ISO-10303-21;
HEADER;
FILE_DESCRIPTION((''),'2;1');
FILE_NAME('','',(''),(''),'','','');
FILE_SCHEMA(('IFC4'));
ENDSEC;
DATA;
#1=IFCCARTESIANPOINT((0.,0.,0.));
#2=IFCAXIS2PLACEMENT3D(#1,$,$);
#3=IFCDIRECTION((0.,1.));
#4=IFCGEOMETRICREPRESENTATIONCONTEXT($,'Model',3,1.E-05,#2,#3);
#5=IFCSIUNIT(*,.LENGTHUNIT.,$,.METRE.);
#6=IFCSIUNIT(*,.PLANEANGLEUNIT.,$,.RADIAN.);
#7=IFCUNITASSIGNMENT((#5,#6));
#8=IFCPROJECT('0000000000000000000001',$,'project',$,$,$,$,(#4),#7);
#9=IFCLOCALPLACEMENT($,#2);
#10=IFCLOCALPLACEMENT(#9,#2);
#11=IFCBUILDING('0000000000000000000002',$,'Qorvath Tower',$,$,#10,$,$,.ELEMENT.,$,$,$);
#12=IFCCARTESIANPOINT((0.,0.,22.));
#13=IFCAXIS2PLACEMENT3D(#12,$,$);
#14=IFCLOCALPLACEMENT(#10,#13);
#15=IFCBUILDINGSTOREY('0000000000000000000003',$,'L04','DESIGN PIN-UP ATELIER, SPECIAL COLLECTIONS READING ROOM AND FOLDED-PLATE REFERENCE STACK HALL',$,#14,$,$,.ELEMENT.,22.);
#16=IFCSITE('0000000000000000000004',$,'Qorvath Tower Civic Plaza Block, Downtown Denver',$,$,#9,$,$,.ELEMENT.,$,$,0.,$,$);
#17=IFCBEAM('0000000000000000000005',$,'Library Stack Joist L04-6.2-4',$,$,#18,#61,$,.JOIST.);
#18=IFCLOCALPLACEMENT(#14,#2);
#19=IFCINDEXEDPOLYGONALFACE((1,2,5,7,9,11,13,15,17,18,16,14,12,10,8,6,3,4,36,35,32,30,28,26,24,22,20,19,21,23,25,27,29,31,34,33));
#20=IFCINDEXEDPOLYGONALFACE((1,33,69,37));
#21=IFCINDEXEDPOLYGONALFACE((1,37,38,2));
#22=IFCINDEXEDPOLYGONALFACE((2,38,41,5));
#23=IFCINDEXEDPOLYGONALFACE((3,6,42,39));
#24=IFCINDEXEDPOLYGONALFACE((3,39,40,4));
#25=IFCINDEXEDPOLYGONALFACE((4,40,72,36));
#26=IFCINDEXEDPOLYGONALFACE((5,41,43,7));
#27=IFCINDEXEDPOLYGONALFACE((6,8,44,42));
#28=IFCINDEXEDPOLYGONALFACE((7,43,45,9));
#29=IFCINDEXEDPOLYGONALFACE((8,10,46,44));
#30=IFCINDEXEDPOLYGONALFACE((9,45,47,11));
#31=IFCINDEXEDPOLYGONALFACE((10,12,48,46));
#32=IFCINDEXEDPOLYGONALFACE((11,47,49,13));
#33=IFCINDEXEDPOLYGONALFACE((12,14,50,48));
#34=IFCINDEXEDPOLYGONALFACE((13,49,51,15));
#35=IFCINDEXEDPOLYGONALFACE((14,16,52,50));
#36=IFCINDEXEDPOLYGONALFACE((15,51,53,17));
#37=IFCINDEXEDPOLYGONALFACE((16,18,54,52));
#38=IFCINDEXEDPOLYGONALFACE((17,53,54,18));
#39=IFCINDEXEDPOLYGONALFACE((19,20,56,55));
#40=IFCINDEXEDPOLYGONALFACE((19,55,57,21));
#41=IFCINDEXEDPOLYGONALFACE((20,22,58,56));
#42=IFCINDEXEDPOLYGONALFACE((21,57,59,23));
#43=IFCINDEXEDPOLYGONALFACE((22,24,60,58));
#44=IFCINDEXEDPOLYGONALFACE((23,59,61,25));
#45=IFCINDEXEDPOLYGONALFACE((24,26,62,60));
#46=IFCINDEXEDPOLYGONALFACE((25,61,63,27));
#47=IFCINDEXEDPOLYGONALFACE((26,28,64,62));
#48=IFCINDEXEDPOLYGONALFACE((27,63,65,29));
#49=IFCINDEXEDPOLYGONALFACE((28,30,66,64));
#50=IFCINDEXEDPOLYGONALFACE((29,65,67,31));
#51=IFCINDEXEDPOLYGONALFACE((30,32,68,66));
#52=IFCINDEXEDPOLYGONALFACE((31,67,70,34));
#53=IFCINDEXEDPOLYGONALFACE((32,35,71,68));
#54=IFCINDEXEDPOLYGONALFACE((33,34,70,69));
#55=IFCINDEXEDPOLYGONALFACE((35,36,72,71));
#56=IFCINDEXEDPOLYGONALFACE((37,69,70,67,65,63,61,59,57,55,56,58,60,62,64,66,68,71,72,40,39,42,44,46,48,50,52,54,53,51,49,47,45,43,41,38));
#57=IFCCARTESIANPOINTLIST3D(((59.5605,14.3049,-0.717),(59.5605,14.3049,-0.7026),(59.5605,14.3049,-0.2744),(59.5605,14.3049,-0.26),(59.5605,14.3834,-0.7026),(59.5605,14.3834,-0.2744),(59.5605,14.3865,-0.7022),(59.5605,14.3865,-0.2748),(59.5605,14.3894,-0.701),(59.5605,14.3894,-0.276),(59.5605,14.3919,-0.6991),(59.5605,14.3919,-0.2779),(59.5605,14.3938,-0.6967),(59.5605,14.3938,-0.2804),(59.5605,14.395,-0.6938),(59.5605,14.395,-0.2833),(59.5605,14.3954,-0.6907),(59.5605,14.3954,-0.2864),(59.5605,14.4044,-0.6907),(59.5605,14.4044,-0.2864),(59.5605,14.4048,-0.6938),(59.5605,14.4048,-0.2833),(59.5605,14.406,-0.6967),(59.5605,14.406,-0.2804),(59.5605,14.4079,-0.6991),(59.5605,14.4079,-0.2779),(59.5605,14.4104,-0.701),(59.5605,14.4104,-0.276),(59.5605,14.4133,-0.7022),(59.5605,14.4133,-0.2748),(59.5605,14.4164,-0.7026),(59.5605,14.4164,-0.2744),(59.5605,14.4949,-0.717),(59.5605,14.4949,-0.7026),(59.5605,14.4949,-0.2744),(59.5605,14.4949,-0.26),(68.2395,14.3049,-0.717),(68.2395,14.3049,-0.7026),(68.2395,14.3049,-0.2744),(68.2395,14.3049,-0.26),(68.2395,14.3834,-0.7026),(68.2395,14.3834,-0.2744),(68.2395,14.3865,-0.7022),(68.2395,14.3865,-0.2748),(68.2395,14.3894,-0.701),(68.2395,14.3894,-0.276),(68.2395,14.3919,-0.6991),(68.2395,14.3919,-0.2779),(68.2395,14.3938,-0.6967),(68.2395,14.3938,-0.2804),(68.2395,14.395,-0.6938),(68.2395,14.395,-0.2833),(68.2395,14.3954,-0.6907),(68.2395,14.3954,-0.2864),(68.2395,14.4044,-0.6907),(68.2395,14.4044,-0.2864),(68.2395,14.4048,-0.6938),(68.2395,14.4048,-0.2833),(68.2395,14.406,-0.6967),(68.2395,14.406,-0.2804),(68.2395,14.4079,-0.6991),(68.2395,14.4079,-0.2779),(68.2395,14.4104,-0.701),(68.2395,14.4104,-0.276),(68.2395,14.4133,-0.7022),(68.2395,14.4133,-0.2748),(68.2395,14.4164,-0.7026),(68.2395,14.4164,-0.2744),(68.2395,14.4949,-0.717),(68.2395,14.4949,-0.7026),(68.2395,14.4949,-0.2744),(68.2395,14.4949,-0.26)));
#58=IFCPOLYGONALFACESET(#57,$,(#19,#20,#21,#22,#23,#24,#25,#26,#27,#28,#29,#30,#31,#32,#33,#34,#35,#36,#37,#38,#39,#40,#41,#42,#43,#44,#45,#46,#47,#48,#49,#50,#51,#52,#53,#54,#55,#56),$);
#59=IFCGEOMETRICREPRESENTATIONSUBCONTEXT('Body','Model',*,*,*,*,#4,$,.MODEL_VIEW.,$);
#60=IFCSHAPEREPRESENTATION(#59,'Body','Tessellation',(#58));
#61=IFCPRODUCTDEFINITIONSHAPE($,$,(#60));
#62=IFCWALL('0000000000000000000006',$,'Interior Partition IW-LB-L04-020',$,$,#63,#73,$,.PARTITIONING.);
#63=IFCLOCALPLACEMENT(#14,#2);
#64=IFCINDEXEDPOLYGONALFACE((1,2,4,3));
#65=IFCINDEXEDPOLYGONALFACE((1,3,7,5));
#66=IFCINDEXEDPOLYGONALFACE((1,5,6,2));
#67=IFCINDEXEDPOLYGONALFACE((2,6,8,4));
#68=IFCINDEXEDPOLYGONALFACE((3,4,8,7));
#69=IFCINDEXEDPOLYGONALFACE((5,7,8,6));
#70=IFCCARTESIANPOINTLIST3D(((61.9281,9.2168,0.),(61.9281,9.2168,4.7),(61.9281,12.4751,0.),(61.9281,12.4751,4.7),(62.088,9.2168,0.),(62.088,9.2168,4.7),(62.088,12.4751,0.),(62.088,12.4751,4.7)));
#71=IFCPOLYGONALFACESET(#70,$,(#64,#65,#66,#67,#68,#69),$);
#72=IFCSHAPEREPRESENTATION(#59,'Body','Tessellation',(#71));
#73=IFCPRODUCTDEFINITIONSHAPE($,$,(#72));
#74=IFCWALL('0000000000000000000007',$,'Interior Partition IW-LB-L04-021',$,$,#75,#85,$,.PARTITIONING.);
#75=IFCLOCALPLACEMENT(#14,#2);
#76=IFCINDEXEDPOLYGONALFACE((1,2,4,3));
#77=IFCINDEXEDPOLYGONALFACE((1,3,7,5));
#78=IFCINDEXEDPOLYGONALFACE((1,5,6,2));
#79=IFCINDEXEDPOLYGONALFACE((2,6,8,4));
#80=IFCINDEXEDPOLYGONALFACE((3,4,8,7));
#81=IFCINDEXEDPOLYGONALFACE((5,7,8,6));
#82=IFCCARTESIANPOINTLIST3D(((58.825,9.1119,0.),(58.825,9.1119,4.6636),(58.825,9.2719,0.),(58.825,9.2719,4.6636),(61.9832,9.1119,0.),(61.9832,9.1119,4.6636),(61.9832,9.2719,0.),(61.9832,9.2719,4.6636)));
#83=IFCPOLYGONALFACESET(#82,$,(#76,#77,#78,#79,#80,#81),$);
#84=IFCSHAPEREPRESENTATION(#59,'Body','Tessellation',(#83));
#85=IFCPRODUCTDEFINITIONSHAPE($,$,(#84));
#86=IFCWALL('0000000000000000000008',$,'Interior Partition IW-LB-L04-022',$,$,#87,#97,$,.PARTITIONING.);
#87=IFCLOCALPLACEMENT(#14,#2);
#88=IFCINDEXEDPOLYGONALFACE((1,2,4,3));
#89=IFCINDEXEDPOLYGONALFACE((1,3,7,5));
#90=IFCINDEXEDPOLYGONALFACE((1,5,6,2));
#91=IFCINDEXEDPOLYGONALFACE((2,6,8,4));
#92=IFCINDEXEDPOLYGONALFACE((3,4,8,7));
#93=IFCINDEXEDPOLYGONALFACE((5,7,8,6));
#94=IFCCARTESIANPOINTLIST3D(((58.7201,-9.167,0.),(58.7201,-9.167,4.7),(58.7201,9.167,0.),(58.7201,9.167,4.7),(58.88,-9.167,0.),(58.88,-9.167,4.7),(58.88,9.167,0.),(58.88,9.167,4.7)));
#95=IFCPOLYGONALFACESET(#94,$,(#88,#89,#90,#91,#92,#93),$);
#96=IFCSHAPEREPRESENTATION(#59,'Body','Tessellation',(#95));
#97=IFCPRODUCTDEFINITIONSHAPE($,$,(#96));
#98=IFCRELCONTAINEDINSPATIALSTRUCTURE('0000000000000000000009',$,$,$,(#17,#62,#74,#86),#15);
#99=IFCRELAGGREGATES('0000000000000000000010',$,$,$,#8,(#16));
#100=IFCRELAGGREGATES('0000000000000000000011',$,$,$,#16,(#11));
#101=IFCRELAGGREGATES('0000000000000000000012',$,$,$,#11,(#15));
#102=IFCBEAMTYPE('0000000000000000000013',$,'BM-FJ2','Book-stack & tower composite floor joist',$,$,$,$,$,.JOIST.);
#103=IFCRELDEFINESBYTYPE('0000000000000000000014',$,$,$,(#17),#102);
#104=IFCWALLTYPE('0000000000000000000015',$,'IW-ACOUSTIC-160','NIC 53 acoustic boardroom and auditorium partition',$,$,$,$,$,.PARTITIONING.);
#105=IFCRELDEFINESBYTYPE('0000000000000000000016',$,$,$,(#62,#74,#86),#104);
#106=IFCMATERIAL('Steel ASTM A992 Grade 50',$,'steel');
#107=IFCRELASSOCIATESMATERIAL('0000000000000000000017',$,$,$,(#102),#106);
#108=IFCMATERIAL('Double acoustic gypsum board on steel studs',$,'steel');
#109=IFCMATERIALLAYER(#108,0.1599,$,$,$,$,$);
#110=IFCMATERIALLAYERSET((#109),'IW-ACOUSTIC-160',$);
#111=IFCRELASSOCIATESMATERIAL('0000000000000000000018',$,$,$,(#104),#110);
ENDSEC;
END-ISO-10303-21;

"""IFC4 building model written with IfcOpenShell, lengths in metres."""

from ifc_helpers import new_model, si_unit, direction, frame, frame_2d, origin, origin_2d, place, context, subcontext, project, spatial, rectangle, i_section, extrude, material, layer, layer_set, material_profile, profile_set, type_object, element, save


model = new_model("IFC4")

# Units and contexts
model_context = context("Model", 3, precision=1e-05, world=origin(), true_north=direction((0.0, 1.0)))
body_context = subcontext(model_context, "Body", "Model", "MODEL_VIEW")
ifc_project = project(units=[si_unit("LENGTHUNIT", "METRE"), si_unit("PLANEANGLEUNIT", "RADIAN")], contexts=[model_context])

# Site, building, storey
site_placement = place(None, origin())
site = spatial("IfcSite", under=ifc_project, at=site_placement, Name="Qorvath Tower Civic Plaza Block, Downtown Denver", CompositionType="ELEMENT", RefElevation=0.0)
building_placement = place(site_placement, origin())
building = spatial("IfcBuilding", under=site, at=building_placement, Name="Qorvath Tower", CompositionType="ELEMENT")
storey_placement = place(building_placement, frame((0.0, 0.0, 22.0)))
storey = spatial("IfcBuildingStorey", under=building, at=storey_placement, Name="L04", Description="DESIGN PIN-UP ATELIER, SPECIAL COLLECTIONS READING ROOM AND FOLDED-PLATE REFERENCE STACK HALL", CompositionType="ELEMENT", Elevation=22.0)

# Beam
ifc_material_1 = material(Name="Steel ASTM A992 Grade 50", Category="steel")
ifc_material_profile_1 = material_profile(ifc_material_1, i_section(OverallWidth=0.1899, OverallDepth=0.457, WebThickness=0.009, FlangeThickness=0.0144, FilletRadius=0.012, at=origin_2d()), Name="W18x50")
ifc_profile_set_1 = profile_set([ifc_material_profile_1], Name="Steel ASTM A992 Grade 50")
beam_type_1 = type_object("IfcBeamType", Name="BM-FJ2", Description="Book-stack & tower composite floor joist", PredefinedType="JOIST", material=ifc_profile_set_1)
beam_1_placement = place(storey_placement, frame((59.5605, 14.3999, -0.4885), z_axis=(1.0, 0.0, 0.0), x_axis=(0.0, 1.0, 0.0)))
element("IfcBeam", 1, at=beam_1_placement, inside=storey, type_object=beam_type_1, Name="Library Stack Joist L04-6.2-4", PredefinedType="JOIST", context=body_context, shape_type="SweptSolid", body=[
    extrude(i_section(OverallWidth=0.1899, OverallDepth=0.457, WebThickness=0.009, FlangeThickness=0.0144, FilletRadius=0.012, at=origin_2d()), origin(), (0.0, 0.0, 1.0), 8.679),
])

# Walls
ifc_material_2 = material(Name="Double acoustic gypsum board on steel studs", Category="steel")
ifc_layer = layer(ifc_material_2, 0.1599)
ifc_layer_set = layer_set([ifc_layer], Name="IW-ACOUSTIC-160")
wall_type = type_object("IfcWallType", Name="IW-ACOUSTIC-160", Description="NIC 53 acoustic boardroom and auditorium partition", PredefinedType="PARTITIONING", material=ifc_layer_set)
wall_1_placement = place(storey_placement, frame((62.0081, 12.4751, 0.0), z_axis=(0.0, 0.0, 1.0), x_axis=(0.0, -1.0, 0.0)))
element("IfcWall", 2, at=wall_1_placement, inside=storey, type_object=wall_type, Name="Interior Partition IW-LB-L04-020", PredefinedType="PARTITIONING", context=body_context, shape_type="SweptSolid", body=[
    extrude(rectangle(XDim=3.2583, YDim=0.1599, at=frame_2d((1.6292, 0.0))), origin(), (0.0, 0.0, 1.0), 4.7),
])
wall_2_placement = place(storey_placement, frame((61.9832, 9.1919, 0.0), z_axis=(0.0, 0.0, 1.0), x_axis=(-1.0, 0.0, 0.0)))
element("IfcWall", 3, at=wall_2_placement, inside=storey, type_object=wall_type, Name="Interior Partition IW-LB-L04-021", PredefinedType="PARTITIONING", context=body_context, shape_type="SweptSolid", body=[
    extrude(rectangle(XDim=3.1582, YDim=0.1599, at=frame_2d((1.5791, 0.0))), origin(), (0.0, 0.0, 1.0), 4.6636),
])
wall_3_placement = place(storey_placement, frame((58.8, 9.167, 0.0), z_axis=(0.0, 0.0, 1.0), x_axis=(0.0, -1.0, 0.0)))
element("IfcWall", 4, at=wall_3_placement, inside=storey, type_object=wall_type, Name="Interior Partition IW-LB-L04-022", PredefinedType="PARTITIONING", context=body_context, shape_type="SweptSolid", body=[
    extrude(rectangle(XDim=18.334, YDim=0.1599, at=frame_2d((9.167, 0.0))), origin(), (0.0, 0.0, 1.0), 4.7),
])

save(model, "model.ifc")
